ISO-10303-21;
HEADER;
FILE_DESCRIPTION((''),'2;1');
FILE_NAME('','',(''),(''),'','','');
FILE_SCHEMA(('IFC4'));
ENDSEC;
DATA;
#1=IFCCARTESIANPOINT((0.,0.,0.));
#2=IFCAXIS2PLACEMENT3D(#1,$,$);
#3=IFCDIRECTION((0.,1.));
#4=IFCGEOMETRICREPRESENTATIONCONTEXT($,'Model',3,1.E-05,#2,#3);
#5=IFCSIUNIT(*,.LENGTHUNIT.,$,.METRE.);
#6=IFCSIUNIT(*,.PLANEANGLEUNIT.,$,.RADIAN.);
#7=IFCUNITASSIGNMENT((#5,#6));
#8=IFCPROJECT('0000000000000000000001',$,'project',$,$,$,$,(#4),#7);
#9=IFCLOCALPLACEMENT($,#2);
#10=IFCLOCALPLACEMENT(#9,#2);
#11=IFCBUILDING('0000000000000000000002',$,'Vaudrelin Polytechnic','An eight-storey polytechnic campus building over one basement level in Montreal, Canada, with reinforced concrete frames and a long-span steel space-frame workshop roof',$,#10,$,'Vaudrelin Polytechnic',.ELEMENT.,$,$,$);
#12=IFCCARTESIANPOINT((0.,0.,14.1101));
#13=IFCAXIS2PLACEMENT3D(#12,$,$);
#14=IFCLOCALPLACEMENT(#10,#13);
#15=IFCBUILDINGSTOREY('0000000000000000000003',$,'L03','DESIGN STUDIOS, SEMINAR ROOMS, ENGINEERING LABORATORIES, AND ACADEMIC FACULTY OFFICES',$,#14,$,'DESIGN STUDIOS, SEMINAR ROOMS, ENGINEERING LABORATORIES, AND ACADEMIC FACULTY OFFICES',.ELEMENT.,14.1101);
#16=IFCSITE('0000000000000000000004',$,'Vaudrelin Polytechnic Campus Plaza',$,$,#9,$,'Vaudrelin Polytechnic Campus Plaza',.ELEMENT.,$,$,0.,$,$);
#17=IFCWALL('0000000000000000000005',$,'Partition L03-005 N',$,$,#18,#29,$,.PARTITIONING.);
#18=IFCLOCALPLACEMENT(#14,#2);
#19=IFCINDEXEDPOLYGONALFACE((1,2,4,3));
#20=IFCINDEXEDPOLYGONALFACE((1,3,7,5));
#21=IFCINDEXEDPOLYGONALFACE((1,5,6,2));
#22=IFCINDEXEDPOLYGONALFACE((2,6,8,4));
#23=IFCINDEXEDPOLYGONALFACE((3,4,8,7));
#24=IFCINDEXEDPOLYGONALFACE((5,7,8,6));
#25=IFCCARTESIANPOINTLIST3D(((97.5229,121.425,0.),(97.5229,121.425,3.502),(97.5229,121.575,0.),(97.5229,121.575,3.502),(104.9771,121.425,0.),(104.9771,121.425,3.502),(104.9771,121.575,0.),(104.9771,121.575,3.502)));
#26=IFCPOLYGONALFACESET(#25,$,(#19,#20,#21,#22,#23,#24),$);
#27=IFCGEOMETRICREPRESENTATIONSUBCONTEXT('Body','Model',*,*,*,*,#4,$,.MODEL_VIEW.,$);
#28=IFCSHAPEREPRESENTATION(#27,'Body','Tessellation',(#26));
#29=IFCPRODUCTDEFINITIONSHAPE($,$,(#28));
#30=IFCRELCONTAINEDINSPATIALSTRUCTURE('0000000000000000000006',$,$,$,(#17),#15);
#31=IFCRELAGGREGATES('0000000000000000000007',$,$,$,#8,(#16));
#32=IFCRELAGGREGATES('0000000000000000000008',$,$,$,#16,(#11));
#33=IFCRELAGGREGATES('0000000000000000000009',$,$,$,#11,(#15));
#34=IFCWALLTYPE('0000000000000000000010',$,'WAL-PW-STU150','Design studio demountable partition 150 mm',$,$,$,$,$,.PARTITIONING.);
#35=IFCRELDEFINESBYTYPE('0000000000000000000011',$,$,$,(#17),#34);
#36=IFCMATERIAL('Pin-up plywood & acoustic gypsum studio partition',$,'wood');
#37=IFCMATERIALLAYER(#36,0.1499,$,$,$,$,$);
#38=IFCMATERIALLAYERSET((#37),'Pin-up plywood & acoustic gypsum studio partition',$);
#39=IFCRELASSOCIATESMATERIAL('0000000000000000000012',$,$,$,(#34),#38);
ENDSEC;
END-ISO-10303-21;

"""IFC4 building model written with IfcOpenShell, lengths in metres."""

from ifc_helpers import new_model, si_unit, direction, frame, frame_2d, origin, place, context, subcontext, project, spatial, rectangle, extrude, material, layer, layer_set, type_object, element, save


model = new_model("IFC4")

# Units and contexts
model_context = context("Model", 3, precision=1e-05, world=origin(), true_north=direction((0.0, 1.0)))
body_context = subcontext(model_context, "Body", "Model", "MODEL_VIEW")
ifc_project = project(units=[si_unit("LENGTHUNIT", "METRE"), si_unit("PLANEANGLEUNIT", "RADIAN")], contexts=[model_context])

# Site, building, storey
site_placement = place(None, origin())
site = spatial("IfcSite", under=ifc_project, at=site_placement, Name="Vaudrelin Polytechnic Campus Plaza", LongName="Vaudrelin Polytechnic Campus Plaza", CompositionType="ELEMENT", RefElevation=0.0)
building_placement = place(site_placement, origin())
building = spatial("IfcBuilding", under=site, at=building_placement, Name="Vaudrelin Polytechnic", Description="An eight-storey polytechnic campus building over one basement level in Montreal, Canada, with reinforced concrete frames and a long-span steel space-frame workshop roof", LongName="Vaudrelin Polytechnic", CompositionType="ELEMENT")
storey_placement = place(building_placement, frame((0.0, 0.0, 14.1101)))
storey = spatial("IfcBuildingStorey", under=building, at=storey_placement, Name="L03", Description="DESIGN STUDIOS, SEMINAR ROOMS, ENGINEERING LABORATORIES, AND ACADEMIC FACULTY OFFICES", LongName="DESIGN STUDIOS, SEMINAR ROOMS, ENGINEERING LABORATORIES, AND ACADEMIC FACULTY OFFICES", CompositionType="ELEMENT", Elevation=14.1101)

# Wall
ifc_material_1 = material(Name="Pin-up plywood & acoustic gypsum studio partition", Category="wood")
ifc_layer_1 = layer(ifc_material_1, 0.1499)
ifc_layer_set_1 = layer_set([ifc_layer_1], Name="Pin-up plywood & acoustic gypsum studio partition")
wall_type = type_object("IfcWallType", Name="WAL-PW-STU150", Description="Design studio demountable partition 150 mm", PredefinedType="PARTITIONING", material=ifc_layer_set_1)
wall_1_placement = place(storey_placement, frame((97.5229, 121.5, 0.0), z_axis=(0.0, 0.0, 1.0), x_axis=(1.0, 0.0, 0.0)))
element("IfcWall", 1, at=wall_1_placement, inside=storey, type_object=wall_type, Name="Partition L03-005 N", PredefinedType="PARTITIONING", context=body_context, shape_type="SweptSolid", body=[
    extrude(rectangle(XDim=7.4541, YDim=0.1499, at=frame_2d((3.7271, 0.0))), origin(), (0.0, 0.0, 1.0), 3.502),
])

save(model, "model.ifc")
